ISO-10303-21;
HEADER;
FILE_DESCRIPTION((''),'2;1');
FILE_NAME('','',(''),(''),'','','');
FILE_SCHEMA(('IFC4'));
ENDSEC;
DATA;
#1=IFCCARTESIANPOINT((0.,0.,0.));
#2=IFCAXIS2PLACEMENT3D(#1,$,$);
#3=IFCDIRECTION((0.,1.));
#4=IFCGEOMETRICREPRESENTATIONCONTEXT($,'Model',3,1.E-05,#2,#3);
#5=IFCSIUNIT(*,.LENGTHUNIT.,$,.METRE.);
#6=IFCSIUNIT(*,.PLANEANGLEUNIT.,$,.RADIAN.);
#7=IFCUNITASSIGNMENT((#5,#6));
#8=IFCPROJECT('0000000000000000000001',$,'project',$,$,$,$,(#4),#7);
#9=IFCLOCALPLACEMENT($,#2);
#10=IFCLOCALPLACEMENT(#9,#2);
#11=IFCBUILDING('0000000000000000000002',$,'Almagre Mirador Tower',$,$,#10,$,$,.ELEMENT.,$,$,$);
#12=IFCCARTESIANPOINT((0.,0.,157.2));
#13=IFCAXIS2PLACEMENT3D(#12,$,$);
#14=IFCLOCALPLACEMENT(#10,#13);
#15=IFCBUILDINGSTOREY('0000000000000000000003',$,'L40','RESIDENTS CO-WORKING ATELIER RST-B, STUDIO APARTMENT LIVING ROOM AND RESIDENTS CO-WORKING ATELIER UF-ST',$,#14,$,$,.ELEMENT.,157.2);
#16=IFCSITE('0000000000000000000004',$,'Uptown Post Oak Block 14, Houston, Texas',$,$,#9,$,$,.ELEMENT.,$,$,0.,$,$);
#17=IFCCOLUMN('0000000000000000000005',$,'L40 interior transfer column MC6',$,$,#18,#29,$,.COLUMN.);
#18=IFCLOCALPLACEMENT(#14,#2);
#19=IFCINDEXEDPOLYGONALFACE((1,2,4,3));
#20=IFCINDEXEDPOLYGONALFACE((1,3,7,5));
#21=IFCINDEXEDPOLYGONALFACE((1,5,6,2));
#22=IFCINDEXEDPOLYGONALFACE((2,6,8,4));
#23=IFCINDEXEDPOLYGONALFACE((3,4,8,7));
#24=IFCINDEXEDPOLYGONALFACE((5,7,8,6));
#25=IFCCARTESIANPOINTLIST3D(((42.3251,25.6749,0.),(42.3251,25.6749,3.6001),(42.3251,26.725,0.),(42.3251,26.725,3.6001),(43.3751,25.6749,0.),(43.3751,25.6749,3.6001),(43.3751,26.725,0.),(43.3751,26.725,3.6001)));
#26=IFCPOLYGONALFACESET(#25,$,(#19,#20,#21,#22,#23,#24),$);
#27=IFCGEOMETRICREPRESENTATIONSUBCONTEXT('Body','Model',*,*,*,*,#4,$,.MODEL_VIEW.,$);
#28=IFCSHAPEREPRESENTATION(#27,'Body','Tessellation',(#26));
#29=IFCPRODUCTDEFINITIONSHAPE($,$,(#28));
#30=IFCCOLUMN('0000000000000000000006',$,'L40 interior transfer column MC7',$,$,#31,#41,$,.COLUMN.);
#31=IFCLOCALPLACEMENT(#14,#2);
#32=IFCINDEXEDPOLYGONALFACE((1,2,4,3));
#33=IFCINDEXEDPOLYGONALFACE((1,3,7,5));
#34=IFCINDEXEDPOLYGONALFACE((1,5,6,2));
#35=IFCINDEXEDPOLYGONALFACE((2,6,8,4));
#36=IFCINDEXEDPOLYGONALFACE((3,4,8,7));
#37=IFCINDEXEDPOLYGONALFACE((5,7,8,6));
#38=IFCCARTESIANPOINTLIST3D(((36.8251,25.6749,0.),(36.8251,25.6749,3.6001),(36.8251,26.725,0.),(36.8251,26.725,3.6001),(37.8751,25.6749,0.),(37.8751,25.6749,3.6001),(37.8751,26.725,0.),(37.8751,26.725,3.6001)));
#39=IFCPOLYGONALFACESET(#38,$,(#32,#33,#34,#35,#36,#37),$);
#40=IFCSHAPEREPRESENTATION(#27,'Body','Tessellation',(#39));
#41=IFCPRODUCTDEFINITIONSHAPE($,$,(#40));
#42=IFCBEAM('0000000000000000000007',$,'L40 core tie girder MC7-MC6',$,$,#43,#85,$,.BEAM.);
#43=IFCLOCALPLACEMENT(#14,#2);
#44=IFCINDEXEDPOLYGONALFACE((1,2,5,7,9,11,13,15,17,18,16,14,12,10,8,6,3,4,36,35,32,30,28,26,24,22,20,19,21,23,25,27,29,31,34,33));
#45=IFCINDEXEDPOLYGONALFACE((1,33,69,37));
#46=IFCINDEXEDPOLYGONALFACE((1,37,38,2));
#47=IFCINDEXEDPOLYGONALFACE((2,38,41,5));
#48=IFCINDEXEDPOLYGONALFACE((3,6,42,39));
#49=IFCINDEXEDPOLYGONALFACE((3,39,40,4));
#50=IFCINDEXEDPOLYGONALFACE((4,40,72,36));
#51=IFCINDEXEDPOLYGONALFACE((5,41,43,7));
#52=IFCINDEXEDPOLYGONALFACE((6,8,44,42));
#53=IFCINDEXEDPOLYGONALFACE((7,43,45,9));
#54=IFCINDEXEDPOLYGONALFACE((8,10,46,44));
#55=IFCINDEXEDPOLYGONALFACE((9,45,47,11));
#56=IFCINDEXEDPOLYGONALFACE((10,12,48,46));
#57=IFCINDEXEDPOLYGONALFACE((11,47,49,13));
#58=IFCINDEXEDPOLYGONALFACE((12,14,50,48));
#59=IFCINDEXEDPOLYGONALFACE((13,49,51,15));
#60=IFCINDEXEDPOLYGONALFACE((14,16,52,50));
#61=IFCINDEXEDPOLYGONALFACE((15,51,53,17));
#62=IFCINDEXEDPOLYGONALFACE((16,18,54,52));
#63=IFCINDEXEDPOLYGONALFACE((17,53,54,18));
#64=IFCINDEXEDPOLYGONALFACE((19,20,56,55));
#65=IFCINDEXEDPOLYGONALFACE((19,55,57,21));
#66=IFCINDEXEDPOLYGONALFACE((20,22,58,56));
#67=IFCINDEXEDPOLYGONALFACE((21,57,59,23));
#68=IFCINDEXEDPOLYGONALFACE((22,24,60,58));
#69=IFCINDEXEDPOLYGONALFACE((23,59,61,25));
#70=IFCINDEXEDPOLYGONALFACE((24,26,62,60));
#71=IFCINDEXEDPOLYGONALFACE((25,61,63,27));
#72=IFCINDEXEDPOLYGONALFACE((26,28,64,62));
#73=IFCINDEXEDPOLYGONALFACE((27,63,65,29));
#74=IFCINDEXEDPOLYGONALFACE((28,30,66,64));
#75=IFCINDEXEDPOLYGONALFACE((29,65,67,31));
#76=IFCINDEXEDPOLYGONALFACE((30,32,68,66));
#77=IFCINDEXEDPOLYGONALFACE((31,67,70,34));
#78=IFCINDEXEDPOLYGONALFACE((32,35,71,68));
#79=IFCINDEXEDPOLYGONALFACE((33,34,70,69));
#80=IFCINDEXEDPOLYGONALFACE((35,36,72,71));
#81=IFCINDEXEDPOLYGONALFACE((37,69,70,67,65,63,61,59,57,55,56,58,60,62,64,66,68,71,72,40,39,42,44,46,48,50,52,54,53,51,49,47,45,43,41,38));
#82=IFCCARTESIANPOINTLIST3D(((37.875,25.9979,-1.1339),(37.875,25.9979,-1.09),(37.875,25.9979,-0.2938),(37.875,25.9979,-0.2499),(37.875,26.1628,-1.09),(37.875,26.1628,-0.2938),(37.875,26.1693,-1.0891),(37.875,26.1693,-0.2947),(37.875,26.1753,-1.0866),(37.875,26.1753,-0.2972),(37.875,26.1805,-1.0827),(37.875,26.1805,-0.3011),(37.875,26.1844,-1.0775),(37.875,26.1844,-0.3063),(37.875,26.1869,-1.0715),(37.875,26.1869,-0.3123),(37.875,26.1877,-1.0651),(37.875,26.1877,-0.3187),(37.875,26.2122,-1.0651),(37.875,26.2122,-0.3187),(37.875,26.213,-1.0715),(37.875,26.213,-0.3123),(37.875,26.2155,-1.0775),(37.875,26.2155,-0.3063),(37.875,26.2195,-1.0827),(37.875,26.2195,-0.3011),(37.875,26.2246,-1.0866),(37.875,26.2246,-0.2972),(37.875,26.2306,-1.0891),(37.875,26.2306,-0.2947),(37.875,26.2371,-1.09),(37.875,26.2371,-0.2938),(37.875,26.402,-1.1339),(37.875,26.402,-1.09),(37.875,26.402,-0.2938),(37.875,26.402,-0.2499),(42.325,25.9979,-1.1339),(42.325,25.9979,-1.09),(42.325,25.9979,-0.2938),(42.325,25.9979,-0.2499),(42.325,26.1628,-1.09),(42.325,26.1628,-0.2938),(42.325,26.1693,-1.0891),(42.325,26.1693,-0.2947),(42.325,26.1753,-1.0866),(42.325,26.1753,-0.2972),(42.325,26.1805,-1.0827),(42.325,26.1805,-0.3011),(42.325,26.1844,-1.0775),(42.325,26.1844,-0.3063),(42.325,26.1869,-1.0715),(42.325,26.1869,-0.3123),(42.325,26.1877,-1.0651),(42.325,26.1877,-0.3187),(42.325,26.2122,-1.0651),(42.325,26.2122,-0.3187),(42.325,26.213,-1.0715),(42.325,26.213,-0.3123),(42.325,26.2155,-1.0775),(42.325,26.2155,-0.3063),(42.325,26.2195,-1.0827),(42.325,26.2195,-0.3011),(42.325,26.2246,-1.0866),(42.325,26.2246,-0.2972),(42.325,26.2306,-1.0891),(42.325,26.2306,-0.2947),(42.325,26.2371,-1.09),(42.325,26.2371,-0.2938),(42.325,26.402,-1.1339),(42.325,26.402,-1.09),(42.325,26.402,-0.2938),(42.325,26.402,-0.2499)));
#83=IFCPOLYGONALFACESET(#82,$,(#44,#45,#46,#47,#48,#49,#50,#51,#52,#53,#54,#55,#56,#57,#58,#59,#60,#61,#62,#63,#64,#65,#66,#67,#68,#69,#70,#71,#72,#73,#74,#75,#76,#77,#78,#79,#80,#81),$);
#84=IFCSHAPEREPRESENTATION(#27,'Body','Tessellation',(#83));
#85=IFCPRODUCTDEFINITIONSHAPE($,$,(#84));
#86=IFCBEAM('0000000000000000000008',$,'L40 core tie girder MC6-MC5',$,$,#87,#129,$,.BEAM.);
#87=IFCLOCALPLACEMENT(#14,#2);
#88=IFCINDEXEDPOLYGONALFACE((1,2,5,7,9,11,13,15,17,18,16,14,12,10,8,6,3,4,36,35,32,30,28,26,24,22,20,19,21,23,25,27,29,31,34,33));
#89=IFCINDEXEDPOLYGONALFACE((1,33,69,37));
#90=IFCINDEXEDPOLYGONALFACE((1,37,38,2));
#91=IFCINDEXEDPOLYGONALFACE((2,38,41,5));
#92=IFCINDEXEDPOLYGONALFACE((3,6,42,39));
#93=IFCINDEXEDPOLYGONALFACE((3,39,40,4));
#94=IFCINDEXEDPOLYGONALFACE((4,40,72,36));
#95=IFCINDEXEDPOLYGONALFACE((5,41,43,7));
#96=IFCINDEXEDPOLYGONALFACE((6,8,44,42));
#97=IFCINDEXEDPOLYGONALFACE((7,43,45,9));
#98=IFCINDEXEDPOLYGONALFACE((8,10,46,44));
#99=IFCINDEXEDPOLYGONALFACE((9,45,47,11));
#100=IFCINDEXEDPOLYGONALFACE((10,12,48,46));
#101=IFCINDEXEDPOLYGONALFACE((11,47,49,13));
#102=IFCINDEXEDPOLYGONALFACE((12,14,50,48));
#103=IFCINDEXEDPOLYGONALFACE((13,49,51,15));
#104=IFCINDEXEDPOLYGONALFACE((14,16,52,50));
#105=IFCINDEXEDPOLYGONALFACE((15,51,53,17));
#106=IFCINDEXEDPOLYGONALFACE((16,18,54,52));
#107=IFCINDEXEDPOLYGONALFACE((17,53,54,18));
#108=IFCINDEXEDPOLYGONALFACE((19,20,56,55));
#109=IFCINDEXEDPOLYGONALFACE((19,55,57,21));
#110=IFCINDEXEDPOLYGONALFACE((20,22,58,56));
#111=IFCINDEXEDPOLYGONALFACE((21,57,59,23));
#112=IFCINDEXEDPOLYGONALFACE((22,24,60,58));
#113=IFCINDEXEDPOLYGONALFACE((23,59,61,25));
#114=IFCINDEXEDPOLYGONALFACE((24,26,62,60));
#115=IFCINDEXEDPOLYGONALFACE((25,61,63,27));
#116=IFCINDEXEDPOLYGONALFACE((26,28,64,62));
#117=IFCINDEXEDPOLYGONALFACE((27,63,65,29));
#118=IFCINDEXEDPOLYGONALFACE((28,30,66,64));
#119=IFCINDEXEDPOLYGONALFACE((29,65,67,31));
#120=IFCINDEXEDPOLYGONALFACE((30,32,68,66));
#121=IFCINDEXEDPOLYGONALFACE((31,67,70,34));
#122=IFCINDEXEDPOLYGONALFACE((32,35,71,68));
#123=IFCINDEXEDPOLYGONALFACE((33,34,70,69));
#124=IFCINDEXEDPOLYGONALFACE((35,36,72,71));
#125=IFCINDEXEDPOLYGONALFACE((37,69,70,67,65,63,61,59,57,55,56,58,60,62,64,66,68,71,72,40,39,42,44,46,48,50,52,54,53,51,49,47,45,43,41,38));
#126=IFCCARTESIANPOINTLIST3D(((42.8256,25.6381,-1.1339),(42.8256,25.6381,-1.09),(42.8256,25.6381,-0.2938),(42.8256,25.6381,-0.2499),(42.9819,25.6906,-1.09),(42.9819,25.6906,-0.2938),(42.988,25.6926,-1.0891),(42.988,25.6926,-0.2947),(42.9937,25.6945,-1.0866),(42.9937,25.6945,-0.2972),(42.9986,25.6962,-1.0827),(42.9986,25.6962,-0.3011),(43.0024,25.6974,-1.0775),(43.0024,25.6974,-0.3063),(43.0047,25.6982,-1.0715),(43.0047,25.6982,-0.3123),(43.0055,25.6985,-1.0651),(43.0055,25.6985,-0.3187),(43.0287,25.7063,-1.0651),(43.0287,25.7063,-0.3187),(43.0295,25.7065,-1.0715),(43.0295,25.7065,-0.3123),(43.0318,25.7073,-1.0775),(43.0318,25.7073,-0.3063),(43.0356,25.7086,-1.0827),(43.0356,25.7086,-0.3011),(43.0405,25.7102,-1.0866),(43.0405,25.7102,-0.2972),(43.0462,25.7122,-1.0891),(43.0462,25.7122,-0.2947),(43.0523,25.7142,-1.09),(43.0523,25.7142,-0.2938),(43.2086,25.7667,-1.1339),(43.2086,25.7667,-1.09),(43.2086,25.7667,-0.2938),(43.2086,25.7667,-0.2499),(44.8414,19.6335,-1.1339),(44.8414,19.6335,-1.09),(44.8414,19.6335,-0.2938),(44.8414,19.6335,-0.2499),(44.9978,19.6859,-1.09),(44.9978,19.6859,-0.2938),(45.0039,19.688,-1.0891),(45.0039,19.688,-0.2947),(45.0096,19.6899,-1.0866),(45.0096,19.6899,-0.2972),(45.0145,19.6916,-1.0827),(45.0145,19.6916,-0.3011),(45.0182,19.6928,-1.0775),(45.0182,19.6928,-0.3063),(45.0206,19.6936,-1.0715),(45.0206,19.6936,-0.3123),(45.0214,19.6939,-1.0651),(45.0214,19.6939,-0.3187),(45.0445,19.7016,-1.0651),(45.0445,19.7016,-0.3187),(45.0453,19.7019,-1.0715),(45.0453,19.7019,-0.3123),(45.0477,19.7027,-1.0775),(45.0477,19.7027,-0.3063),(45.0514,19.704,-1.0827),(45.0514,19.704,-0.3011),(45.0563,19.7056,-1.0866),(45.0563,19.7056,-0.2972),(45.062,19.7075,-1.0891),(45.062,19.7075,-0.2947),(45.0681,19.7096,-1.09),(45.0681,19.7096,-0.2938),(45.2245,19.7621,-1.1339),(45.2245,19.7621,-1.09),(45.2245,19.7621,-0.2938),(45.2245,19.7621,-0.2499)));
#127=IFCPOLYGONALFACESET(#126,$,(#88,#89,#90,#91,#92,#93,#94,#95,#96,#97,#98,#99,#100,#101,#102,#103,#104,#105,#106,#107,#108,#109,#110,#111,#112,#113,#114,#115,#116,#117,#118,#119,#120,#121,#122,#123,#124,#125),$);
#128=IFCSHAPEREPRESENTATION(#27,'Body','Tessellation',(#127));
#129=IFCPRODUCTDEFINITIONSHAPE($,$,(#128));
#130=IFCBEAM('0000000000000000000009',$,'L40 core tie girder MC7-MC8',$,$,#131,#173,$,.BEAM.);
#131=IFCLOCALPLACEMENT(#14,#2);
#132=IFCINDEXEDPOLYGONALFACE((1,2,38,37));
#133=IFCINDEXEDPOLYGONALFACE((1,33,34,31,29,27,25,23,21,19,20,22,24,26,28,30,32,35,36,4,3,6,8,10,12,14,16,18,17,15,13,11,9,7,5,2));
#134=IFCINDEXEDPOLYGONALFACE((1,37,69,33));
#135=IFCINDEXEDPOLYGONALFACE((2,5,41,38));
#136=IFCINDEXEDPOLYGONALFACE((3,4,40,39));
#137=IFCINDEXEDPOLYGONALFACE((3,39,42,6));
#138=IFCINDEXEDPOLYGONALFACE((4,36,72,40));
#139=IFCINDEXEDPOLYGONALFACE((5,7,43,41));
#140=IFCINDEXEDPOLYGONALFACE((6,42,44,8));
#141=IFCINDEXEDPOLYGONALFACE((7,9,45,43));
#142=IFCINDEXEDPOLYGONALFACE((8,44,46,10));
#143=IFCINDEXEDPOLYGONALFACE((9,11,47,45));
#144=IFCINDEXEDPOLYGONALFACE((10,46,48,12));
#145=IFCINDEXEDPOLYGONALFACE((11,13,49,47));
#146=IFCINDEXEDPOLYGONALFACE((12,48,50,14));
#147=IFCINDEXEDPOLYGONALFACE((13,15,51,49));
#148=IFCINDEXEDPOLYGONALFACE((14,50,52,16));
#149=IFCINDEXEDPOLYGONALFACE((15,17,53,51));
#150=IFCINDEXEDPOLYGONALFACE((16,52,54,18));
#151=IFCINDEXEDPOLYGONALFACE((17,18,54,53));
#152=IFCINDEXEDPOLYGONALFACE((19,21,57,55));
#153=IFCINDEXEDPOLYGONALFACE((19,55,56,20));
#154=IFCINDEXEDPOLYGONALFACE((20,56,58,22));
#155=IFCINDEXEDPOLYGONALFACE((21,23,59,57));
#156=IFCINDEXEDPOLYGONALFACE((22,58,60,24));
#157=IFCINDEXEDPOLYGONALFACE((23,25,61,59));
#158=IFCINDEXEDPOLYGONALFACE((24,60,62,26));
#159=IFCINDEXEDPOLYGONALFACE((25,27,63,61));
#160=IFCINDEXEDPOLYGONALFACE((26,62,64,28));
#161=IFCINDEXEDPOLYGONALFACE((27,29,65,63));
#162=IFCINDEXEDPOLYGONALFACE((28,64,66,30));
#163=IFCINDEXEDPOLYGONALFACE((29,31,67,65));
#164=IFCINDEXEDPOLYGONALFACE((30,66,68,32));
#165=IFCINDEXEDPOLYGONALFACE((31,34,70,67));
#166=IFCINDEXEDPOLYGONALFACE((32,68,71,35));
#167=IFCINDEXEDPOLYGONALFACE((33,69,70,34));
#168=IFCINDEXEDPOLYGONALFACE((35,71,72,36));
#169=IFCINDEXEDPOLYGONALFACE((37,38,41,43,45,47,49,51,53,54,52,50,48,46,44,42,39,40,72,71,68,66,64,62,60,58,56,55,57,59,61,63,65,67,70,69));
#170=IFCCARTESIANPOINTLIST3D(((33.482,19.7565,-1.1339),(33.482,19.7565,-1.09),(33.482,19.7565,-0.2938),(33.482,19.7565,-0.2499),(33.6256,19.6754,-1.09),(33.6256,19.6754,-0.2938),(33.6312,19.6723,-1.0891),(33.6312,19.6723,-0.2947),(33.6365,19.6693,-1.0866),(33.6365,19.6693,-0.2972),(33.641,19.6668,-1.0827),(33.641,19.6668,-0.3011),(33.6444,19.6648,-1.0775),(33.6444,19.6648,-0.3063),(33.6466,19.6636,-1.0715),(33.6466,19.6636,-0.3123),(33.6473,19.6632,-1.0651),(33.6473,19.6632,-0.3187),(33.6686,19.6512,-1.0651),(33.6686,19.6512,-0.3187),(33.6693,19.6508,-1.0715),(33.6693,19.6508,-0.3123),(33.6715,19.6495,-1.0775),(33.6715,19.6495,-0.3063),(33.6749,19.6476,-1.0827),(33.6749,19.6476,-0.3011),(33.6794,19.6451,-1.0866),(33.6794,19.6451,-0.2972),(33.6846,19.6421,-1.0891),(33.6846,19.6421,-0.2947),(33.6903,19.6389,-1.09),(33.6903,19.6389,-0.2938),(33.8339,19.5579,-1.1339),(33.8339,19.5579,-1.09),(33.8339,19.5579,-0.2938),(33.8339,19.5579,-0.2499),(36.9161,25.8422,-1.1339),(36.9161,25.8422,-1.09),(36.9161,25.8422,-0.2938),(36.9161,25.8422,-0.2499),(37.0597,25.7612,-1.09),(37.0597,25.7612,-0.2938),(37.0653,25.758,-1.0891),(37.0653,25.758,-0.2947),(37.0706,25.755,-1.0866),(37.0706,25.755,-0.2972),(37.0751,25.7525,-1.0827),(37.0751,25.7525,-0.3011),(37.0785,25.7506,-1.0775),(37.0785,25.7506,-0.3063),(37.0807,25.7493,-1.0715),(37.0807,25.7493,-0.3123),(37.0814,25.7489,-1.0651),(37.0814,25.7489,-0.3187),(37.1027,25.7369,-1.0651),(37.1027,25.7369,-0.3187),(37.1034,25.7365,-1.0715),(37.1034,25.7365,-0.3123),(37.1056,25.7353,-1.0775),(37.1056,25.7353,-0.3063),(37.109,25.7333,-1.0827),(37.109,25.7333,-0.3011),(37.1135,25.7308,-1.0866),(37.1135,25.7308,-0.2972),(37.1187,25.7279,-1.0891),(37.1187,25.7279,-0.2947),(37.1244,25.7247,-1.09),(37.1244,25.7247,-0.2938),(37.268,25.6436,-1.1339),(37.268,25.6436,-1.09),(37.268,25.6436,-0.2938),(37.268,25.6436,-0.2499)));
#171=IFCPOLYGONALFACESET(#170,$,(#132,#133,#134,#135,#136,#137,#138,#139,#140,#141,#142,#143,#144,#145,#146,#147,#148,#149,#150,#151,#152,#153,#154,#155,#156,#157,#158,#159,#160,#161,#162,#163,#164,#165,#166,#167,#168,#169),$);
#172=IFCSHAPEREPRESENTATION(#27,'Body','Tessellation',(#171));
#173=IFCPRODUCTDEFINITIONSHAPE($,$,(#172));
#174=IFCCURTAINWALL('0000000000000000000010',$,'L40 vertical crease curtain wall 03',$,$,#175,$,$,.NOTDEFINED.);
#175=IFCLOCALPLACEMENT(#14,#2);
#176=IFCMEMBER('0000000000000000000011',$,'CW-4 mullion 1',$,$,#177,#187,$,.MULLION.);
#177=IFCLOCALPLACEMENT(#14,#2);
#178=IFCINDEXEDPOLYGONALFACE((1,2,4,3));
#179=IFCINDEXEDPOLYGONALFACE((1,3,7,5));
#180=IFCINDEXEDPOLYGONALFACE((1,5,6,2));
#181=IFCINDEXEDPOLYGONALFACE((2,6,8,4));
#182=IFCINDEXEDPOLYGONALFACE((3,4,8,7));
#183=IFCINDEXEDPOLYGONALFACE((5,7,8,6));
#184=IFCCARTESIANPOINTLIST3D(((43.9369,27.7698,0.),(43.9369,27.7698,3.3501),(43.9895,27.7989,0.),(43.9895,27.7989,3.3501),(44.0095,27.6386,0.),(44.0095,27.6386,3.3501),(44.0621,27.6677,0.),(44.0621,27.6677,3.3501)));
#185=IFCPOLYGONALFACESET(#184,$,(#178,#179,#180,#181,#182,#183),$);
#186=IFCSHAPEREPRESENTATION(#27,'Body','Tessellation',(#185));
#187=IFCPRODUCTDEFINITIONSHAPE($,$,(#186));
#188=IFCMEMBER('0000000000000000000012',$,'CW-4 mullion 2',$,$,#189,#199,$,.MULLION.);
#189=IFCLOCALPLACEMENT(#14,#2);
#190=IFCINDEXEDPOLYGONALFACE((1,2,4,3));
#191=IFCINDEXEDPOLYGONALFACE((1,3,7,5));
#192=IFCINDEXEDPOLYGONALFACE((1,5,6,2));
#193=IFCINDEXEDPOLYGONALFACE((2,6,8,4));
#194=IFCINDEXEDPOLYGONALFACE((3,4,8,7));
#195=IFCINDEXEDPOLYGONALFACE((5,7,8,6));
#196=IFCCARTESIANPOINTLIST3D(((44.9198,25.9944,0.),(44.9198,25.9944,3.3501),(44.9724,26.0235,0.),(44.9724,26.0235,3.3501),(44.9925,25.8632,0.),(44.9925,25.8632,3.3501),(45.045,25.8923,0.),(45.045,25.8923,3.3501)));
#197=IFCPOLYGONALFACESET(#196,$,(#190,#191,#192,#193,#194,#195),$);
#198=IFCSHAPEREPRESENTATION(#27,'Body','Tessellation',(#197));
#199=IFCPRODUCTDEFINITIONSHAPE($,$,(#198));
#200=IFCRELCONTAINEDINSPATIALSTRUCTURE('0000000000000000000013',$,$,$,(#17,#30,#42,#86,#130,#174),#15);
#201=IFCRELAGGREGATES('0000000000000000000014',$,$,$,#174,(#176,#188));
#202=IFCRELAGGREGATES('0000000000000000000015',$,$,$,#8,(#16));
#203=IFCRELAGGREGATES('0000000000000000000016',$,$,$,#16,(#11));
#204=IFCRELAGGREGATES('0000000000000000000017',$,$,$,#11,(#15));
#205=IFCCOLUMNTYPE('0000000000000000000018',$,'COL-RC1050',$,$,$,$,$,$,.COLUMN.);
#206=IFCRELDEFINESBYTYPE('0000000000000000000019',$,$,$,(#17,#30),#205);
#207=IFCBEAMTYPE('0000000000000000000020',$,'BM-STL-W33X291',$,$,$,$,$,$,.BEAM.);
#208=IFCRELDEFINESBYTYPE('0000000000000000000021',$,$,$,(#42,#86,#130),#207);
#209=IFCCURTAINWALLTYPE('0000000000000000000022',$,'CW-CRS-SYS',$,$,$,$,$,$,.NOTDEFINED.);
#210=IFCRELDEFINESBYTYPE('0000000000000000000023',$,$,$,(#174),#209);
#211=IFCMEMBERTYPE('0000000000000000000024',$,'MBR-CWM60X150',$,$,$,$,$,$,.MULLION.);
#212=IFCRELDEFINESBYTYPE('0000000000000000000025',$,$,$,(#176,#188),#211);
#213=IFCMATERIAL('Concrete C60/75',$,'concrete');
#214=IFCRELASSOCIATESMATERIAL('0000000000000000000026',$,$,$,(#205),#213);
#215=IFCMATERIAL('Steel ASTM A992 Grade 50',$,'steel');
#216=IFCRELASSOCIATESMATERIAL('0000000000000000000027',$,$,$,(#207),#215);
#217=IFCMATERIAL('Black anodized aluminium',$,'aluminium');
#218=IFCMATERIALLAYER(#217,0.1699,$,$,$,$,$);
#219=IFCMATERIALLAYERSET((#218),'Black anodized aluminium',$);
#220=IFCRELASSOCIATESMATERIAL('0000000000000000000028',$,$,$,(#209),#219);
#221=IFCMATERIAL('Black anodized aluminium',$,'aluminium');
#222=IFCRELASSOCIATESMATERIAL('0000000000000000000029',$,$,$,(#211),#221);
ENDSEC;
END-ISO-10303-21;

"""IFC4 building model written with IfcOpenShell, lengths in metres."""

from ifc_helpers import new_model, si_unit, direction, frame, origin, origin_2d, place, context, subcontext, project, spatial, rectangle, i_section, extrude, material, layer, layer_set, material_profile, profile_set, type_object, element, aggregate, save


model = new_model("IFC4")

# Units and contexts
model_context = context("Model", 3, precision=1e-05, world=origin(), true_north=direction((0.0, 1.0)))
body_context = subcontext(model_context, "Body", "Model", "MODEL_VIEW")
ifc_project = project(units=[si_unit("LENGTHUNIT", "METRE"), si_unit("PLANEANGLEUNIT", "RADIAN")], contexts=[model_context])

# Site, building, storey
site_placement = place(None, origin())
site = spatial("IfcSite", under=ifc_project, at=site_placement, Name="Uptown Post Oak Block 14, Houston, Texas", CompositionType="ELEMENT", RefElevation=0.0)
building_placement = place(site_placement, origin())
building = spatial("IfcBuilding", under=site, at=building_placement, Name="Almagre Mirador Tower", CompositionType="ELEMENT")
storey_placement = place(building_placement, frame((0.0, 0.0, 157.2)))
storey = spatial("IfcBuildingStorey", under=building, at=storey_placement, Name="L40", Description="RESIDENTS CO-WORKING ATELIER RST-B, STUDIO APARTMENT LIVING ROOM AND RESIDENTS CO-WORKING ATELIER UF-ST", CompositionType="ELEMENT", Elevation=157.2)

# Columns
ifc_material_1 = material(Name="Concrete C60/75", Category="concrete")
ifc_material_profile_1 = material_profile(ifc_material_1, rectangle(XDim=1.05, YDim=1.05, at=origin_2d()), Name="RC1050X1050")
ifc_profile_set_1 = profile_set([ifc_material_profile_1], Name="Concrete C60/75")
column_type = type_object("IfcColumnType", Name="COL-RC1050", PredefinedType="COLUMN", material=ifc_profile_set_1)
for number, where, z_axis, x_axis, name in (
    (1, (42.8501, 26.2, 0.0), (0.0, 0.0, 1.0), (1.0, 0.0, 0.0), "L40 interior transfer column MC6"),
    (2, (37.3501, 26.2, 0.0), (0.0, 0.0, 1.0), (1.0, 0.0, 0.0), "L40 interior transfer column MC7"),
):
    element("IfcColumn", number, at=place(storey_placement, frame(where, z_axis=z_axis, x_axis=x_axis)), inside=storey, type_object=column_type, Name=name, PredefinedType="COLUMN", context=body_context, shape_type="SweptSolid", body=[
        extrude(rectangle(XDim=1.05, YDim=1.05, at=origin_2d()), origin(), (0.0, 0.0, 1.0), 3.6001),
    ])

# Beams
ifc_material_2 = material(Name="Steel ASTM A992 Grade 50", Category="steel")
ifc_material_profile_2 = material_profile(ifc_material_2, i_section(OverallWidth=0.4041, OverallDepth=0.884, WebThickness=0.0244, FlangeThickness=0.0439, FilletRadius=0.0249, at=origin_2d()), Name="W33X291")
ifc_profile_set_2 = profile_set([ifc_material_profile_2], Name="Steel ASTM A992 Grade 50")
beam_type = type_object("IfcBeamType", Name="BM-STL-W33X291", PredefinedType="BEAM", material=ifc_profile_set_2)
beam_1_placement = place(storey_placement, frame((37.875, 26.2, -0.6919), z_axis=(1.0, 0.0, 0.0), x_axis=(0.0, 1.0, 0.0)))
element("IfcBeam", 3, at=beam_1_placement, inside=storey, type_object=beam_type, Name="L40 core tie girder MC7-MC6", PredefinedType="BEAM", context=body_context, shape_type="SweptSolid", body=[
    extrude(i_section(OverallWidth=0.4041, OverallDepth=0.884, WebThickness=0.0244, FlangeThickness=0.0439, FilletRadius=0.0249, at=origin_2d()), origin(), (0.0, 0.0, 1.0), 4.45),
])
beam_2_placement = place(storey_placement, frame((43.0171, 25.7024, -0.6919), z_axis=(0.318262, -0.948003, 0.0), x_axis=(0.948003, 0.318262, 0.0)))
element("IfcBeam", 4, at=beam_2_placement, inside=storey, type_object=beam_type, Name="L40 core tie girder MC6-MC5", PredefinedType="BEAM", context=body_context, shape_type="SweptSolid", body=[
    extrude(i_section(OverallWidth=0.4041, OverallDepth=0.884, WebThickness=0.0244, FlangeThickness=0.0439, FilletRadius=0.0249, at=origin_2d()), origin(), (0.0, 0.0, 1.0), 6.334),
])
beam_3_placement = place(storey_placement, frame((37.092, 25.7429, -0.6919), z_axis=(-0.491444, -0.870909, 0.0), x_axis=(0.870909, -0.491444, 0.0)))
element("IfcBeam", 5, at=beam_3_placement, inside=storey, type_object=beam_type, Name="L40 core tie girder MC7-MC8", PredefinedType="BEAM", context=body_context, shape_type="SweptSolid", body=[
    extrude(i_section(OverallWidth=0.4041, OverallDepth=0.884, WebThickness=0.0244, FlangeThickness=0.0439, FilletRadius=0.0249, at=origin_2d()), origin(), (0.0, 0.0, 1.0), 6.9878),
])

# Curtain wall, members
ifc_material_3 = material(Name="Black anodized aluminium", Category="aluminium")
ifc_layer_1 = layer(ifc_material_3, 0.1699)
ifc_layer_set_1 = layer_set([ifc_layer_1], Name="Black anodized aluminium")
curtain_wall_type = type_object("IfcCurtainWallType", Name="CW-CRS-SYS", PredefinedType="NOTDEFINED", material=ifc_layer_set_1)
curtain_wall_placement = place(storey_placement, origin())
curtain_wall = element("IfcCurtainWall", 6, at=curtain_wall_placement, inside=storey, type_object=curtain_wall_type, Name="L40 vertical crease curtain wall 03", PredefinedType="NOTDEFINED")
ifc_material_4 = material(Name="Black anodized aluminium", Category="aluminium")
ifc_material_profile_3 = material_profile(ifc_material_4, rectangle(XDim=0.0601, YDim=0.1499, at=origin_2d()), Name="CWM60X150")
ifc_profile_set_3 = profile_set([ifc_material_profile_3], Name="Black anodized aluminium")
member_type_1 = type_object("IfcMemberType", Name="MBR-CWM60X150", PredefinedType="MULLION", material=ifc_profile_set_3)
member_1_placement = place(storey_placement, frame((43.9995, 27.7188, 0.0), z_axis=(0.0, 0.0, 1.0), x_axis=(0.874879, 0.484342, 0.0)))
member_1 = element("IfcMember", 7, at=member_1_placement, type_object=member_type_1, Name="CW-4 mullion 1", PredefinedType="MULLION", context=body_context, shape_type="SweptSolid", body=[
    extrude(rectangle(XDim=0.0601, YDim=0.1499, at=origin_2d()), origin(), (0.0, 0.0, 1.0), 3.3501),
])
member_2_placement = place(storey_placement, frame((44.9824, 25.9434, 0.0), z_axis=(0.0, 0.0, 1.0), x_axis=(0.874879, 0.484342, 0.0)))
member_2 = element("IfcMember", 8, at=member_2_placement, type_object=member_type_1, Name="CW-4 mullion 2", PredefinedType="MULLION", context=body_context, shape_type="SweptSolid", body=[
    extrude(rectangle(XDim=0.0601, YDim=0.1499, at=origin_2d()), origin(), (0.0, 0.0, 1.0), 3.3501),
])
aggregate(curtain_wall, [member_1, member_2])

save(model, "model.ifc")
